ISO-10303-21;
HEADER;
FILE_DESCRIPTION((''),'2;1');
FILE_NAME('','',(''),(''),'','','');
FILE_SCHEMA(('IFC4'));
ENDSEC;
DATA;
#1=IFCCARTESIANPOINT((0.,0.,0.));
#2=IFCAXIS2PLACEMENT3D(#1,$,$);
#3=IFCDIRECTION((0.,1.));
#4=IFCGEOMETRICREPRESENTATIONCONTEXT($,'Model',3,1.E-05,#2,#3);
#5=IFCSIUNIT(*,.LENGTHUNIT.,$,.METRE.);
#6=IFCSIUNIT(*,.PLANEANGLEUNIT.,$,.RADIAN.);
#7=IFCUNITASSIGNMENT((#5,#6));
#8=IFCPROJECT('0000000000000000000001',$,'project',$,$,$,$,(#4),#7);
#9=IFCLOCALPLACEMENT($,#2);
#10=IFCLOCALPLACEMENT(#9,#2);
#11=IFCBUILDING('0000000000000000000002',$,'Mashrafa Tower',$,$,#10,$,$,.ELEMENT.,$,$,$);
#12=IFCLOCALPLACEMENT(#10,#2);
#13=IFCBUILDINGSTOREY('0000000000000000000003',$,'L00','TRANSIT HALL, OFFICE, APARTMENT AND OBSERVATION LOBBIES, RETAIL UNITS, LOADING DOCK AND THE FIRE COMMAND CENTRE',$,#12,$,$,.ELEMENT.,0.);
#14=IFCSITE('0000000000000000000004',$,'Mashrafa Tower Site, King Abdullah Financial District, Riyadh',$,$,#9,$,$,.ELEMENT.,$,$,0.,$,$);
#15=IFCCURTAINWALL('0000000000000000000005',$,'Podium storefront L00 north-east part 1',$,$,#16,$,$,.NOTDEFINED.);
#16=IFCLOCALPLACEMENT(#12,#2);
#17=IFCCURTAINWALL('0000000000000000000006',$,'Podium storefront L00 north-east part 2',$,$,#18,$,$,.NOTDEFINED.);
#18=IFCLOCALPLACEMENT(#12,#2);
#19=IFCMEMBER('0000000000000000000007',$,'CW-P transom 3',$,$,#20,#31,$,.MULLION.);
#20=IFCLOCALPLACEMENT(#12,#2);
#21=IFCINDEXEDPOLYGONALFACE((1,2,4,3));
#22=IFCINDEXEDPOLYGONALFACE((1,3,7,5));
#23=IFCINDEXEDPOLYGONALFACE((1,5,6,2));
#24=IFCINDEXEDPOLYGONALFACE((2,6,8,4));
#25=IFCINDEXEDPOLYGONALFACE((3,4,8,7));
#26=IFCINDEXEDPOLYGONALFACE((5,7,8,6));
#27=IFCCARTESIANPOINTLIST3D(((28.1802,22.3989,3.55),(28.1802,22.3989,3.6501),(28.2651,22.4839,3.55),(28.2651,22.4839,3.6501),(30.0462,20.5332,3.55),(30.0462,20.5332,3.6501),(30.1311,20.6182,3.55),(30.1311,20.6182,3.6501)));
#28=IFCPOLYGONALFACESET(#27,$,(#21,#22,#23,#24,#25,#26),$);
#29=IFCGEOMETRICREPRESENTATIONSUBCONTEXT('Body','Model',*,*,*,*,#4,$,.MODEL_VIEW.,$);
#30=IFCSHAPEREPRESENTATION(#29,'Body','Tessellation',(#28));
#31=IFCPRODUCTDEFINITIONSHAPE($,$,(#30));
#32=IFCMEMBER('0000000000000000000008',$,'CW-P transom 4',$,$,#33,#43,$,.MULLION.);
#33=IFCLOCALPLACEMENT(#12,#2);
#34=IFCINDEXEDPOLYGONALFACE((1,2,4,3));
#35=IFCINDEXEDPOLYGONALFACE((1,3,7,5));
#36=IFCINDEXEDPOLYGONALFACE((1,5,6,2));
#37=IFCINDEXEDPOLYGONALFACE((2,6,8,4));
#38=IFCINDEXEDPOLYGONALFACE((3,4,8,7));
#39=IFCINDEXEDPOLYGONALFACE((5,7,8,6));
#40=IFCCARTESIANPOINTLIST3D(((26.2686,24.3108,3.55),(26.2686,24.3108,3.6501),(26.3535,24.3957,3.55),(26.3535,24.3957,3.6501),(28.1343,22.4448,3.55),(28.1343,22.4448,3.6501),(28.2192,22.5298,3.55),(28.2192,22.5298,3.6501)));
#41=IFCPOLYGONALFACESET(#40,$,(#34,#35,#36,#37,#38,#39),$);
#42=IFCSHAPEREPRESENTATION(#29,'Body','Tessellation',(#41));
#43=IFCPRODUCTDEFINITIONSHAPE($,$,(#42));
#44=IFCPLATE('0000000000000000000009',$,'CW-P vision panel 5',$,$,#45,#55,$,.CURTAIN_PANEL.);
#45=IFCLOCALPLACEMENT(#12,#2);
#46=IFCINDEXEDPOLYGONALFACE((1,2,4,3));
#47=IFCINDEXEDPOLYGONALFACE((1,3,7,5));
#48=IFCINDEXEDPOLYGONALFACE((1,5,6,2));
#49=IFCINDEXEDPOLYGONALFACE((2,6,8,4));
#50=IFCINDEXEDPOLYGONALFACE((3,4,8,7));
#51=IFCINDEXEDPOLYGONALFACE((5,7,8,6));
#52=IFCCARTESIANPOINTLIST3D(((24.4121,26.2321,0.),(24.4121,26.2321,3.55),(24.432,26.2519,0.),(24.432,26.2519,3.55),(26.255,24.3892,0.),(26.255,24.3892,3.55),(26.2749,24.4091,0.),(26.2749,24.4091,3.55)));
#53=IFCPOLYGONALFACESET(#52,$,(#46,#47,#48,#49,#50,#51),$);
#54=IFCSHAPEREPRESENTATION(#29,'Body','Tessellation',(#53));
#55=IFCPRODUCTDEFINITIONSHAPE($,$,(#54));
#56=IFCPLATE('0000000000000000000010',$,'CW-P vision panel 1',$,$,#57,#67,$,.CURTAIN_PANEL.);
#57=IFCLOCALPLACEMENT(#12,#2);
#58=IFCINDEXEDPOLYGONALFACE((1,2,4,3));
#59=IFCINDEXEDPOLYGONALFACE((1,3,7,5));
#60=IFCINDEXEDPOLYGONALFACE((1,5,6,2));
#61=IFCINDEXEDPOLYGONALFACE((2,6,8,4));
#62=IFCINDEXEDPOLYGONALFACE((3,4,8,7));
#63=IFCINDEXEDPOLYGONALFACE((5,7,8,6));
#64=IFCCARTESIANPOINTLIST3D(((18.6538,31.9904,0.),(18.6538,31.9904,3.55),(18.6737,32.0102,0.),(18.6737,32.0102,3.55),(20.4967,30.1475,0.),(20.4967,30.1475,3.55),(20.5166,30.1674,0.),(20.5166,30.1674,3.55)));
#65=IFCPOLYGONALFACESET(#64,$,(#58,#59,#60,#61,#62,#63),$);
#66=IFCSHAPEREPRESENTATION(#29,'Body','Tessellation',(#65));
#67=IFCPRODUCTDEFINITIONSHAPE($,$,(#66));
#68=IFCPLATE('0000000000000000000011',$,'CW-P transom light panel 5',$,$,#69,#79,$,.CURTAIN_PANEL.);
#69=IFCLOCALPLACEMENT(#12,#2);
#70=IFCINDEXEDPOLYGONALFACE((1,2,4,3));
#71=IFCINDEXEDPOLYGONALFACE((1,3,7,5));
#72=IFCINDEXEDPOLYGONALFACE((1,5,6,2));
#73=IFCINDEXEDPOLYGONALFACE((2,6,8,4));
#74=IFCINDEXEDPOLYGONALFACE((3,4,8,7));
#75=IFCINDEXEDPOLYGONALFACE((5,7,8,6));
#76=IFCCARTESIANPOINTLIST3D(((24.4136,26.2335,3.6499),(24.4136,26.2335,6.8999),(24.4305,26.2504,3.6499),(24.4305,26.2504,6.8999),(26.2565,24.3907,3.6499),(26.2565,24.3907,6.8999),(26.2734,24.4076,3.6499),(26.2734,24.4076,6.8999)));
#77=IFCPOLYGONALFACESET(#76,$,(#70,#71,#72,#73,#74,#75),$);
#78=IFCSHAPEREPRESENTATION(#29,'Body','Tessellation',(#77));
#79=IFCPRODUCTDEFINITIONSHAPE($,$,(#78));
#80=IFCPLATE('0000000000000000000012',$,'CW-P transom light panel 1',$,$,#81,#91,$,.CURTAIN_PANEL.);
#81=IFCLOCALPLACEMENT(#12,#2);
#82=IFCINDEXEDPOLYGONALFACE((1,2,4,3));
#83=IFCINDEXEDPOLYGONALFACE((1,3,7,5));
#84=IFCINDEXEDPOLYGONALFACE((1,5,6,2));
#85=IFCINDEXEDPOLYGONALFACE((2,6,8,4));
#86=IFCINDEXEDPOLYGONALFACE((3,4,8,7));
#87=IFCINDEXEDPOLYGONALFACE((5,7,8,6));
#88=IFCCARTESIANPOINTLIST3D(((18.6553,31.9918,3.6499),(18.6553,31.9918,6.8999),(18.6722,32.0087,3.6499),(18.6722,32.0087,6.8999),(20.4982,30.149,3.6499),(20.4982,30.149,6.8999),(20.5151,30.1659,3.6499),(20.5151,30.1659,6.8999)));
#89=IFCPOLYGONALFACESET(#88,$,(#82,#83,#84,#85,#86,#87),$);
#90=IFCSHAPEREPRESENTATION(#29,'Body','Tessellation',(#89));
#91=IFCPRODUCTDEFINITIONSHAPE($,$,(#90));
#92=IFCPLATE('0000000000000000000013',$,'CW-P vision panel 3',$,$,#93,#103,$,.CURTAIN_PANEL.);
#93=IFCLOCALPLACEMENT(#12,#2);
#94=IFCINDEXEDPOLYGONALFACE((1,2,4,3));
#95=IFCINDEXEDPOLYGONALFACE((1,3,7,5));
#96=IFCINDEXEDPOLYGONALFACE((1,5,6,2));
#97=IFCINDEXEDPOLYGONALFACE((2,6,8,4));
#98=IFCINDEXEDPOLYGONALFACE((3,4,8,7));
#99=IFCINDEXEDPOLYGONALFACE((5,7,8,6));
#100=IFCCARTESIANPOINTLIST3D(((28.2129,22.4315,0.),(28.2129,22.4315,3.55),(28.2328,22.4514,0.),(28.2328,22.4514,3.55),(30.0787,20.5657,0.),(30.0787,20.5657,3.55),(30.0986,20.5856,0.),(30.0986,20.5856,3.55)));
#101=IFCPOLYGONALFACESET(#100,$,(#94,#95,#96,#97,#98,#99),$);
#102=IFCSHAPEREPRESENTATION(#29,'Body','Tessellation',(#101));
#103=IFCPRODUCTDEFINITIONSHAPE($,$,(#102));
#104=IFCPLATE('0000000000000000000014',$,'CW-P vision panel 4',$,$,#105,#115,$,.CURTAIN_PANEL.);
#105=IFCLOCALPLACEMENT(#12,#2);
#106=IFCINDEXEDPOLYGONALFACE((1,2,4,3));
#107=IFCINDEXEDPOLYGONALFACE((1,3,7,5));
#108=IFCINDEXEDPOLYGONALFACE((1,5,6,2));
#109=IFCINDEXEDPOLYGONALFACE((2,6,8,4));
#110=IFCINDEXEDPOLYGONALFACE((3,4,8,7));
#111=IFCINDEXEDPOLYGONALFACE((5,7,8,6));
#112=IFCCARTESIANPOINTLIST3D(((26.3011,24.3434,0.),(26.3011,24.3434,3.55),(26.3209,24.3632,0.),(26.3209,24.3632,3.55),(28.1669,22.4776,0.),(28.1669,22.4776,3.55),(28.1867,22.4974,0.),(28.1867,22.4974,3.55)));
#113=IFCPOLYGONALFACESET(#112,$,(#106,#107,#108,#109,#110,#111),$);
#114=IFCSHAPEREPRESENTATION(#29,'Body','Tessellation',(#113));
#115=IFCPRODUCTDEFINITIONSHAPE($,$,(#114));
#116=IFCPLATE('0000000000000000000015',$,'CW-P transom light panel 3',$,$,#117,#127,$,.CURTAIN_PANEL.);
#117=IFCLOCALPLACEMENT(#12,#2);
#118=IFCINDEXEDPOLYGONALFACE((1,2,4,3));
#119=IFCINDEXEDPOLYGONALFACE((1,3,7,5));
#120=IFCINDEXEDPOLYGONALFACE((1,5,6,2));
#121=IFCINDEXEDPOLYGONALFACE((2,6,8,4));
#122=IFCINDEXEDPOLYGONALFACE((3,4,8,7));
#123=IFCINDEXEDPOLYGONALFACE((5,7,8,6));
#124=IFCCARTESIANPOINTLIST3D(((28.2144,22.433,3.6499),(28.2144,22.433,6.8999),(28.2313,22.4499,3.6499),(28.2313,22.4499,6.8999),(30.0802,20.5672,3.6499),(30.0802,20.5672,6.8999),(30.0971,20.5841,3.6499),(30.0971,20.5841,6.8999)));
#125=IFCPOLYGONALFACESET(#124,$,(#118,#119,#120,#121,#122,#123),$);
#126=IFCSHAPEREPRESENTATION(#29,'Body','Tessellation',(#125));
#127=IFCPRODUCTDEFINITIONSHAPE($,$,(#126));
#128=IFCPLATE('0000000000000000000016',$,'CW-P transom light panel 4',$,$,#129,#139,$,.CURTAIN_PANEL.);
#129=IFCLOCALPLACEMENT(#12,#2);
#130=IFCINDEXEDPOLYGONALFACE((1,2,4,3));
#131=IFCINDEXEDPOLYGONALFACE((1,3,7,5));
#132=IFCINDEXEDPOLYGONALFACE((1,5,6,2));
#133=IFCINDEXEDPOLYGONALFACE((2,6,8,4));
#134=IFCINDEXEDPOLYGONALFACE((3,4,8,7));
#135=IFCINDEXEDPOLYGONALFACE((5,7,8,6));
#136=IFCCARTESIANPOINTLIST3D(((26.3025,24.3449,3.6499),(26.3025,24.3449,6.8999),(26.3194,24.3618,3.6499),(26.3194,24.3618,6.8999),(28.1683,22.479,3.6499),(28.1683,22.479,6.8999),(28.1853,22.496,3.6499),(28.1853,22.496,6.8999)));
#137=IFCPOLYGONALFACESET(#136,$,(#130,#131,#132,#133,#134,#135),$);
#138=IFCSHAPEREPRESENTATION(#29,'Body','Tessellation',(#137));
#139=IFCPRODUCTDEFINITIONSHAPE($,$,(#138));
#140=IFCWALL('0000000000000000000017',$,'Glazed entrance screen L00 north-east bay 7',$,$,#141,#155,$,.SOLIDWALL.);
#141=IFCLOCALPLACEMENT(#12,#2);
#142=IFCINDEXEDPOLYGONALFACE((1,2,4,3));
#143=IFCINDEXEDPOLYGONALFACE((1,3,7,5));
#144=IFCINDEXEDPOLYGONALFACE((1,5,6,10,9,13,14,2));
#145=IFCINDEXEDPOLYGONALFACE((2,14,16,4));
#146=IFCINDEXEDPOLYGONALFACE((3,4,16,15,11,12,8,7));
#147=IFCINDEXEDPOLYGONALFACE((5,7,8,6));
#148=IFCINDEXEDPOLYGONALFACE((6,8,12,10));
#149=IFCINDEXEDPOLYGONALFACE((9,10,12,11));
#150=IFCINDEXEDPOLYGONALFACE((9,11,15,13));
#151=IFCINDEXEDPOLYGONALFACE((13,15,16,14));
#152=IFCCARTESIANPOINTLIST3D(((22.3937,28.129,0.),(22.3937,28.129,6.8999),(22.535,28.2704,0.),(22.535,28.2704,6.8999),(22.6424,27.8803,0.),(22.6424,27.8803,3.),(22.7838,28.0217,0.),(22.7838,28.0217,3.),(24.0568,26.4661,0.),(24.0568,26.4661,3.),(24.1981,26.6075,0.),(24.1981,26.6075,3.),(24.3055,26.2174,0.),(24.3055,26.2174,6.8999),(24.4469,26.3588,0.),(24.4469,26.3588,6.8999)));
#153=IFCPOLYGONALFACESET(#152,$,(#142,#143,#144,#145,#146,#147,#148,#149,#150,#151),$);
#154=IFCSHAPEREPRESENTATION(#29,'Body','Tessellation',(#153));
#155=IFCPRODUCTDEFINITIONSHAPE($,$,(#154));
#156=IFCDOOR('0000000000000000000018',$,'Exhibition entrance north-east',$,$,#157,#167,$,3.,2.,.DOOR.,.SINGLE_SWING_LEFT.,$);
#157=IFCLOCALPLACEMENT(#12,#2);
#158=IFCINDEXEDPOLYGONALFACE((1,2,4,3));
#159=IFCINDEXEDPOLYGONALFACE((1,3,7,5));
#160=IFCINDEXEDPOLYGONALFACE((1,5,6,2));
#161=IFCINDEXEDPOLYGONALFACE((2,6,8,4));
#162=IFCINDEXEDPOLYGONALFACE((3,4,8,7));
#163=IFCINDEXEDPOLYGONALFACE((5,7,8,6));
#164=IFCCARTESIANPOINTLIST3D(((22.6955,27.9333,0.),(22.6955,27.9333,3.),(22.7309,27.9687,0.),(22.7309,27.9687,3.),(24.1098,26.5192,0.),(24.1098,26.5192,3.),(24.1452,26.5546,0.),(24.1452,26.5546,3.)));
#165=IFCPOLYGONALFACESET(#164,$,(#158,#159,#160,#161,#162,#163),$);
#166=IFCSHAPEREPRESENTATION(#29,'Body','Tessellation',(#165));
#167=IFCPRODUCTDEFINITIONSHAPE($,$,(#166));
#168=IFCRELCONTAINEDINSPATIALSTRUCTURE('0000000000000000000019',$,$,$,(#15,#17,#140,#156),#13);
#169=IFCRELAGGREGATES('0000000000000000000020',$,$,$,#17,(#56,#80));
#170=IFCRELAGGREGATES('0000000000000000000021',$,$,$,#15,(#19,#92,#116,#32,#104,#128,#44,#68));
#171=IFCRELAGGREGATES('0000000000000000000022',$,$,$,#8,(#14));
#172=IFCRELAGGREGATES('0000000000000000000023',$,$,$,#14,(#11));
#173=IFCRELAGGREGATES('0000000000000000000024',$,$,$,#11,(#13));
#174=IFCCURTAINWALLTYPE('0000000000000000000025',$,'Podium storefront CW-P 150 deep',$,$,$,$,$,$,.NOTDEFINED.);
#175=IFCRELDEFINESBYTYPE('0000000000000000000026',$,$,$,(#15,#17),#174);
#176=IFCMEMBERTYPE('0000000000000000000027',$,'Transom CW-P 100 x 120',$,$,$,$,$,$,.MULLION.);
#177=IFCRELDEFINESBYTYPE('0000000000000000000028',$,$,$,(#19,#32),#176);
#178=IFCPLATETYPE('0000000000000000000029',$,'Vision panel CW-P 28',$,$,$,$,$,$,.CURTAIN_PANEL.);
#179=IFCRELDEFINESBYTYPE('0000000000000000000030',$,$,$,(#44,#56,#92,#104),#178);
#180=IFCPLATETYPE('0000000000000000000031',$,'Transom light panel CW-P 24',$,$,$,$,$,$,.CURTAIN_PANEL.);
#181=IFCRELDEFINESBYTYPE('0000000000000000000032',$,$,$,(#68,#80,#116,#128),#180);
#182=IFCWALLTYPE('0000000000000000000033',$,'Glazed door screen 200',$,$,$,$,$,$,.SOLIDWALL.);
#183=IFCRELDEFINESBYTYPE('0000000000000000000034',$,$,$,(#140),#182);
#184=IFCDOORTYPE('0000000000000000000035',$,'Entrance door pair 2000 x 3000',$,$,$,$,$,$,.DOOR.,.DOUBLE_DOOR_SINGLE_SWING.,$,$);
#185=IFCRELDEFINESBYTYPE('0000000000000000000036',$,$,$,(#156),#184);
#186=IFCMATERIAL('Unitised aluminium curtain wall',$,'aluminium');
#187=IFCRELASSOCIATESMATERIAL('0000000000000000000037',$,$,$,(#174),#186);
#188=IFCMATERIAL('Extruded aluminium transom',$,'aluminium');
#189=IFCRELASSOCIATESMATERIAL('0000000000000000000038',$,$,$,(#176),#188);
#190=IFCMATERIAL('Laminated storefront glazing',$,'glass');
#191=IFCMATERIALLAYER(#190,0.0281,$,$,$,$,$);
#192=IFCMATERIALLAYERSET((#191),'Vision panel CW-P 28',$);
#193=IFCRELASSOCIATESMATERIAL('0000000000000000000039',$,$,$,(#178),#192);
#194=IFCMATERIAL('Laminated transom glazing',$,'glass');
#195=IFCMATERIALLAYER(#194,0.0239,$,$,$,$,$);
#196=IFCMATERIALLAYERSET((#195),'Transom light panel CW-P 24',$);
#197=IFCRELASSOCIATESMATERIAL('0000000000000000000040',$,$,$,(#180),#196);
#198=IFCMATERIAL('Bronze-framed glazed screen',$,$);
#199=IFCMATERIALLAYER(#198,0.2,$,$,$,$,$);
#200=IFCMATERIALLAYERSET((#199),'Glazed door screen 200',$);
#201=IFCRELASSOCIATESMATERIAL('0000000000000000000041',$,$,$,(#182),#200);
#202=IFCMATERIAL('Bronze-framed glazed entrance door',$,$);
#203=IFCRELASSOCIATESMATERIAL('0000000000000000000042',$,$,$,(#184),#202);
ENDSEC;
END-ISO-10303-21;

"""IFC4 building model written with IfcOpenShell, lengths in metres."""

from ifc_helpers import new_model, si_unit, direction, frame, frame_2d, origin, origin_2d, place, context, subcontext, project, spatial, rectangle, extrude, source, transform, mapped, material, layer, layer_set, material_profile, profile_set, type_object, type_shapes, element, fill, aggregate, save


model = new_model("IFC4")

# Units and contexts
model_context = context("Model", 3, precision=1e-05, world=origin(), true_north=direction((0.0, 1.0)))
body_context = subcontext(model_context, "Body", "Model", "MODEL_VIEW")
ifc_project = project(units=[si_unit("LENGTHUNIT", "METRE"), si_unit("PLANEANGLEUNIT", "RADIAN")], contexts=[model_context])

# Site, building, storey
site_placement = place(None, origin())
site = spatial("IfcSite", under=ifc_project, at=site_placement, Name="Mashrafa Tower Site, King Abdullah Financial District, Riyadh", CompositionType="ELEMENT", RefElevation=0.0)
building_placement = place(site_placement, origin())
building = spatial("IfcBuilding", under=site, at=building_placement, Name="Mashrafa Tower", CompositionType="ELEMENT")
storey_placement = place(building_placement, origin())
storey = spatial("IfcBuildingStorey", under=building, at=storey_placement, Name="L00", Description="TRANSIT HALL, OFFICE, APARTMENT AND OBSERVATION LOBBIES, RETAIL UNITS, LOADING DOCK AND THE FIRE COMMAND CENTRE", CompositionType="ELEMENT", Elevation=0.0)

# Curtain wall
ifc_material_1 = material(Name="Unitised aluminium curtain wall", Category="aluminium")
curtain_wall_type = type_object("IfcCurtainWallType", Name="Podium storefront CW-P 150 deep", PredefinedType="NOTDEFINED", material=ifc_material_1)
curtain_wall_1_placement = place(storey_placement, origin())
curtain_wall_1 = element("IfcCurtainWall", 1, at=curtain_wall_1_placement, inside=storey, type_object=curtain_wall_type, Name="Podium storefront L00 north-east part 1", PredefinedType="NOTDEFINED")

# Curtain wall
curtain_wall_2_placement = place(storey_placement, origin())
curtain_wall_2 = element("IfcCurtainWall", 2, at=curtain_wall_2_placement, inside=storey, type_object=curtain_wall_type, Name="Podium storefront L00 north-east part 2", PredefinedType="NOTDEFINED")

# Members
ifc_material_2 = material(Name="Extruded aluminium transom", Category="aluminium")
ifc_material_profile_1 = material_profile(ifc_material_2, rectangle(XDim=0.1201, YDim=0.1001, at=origin_2d()), Name="Transom 100x120")
ifc_profile_set_1 = profile_set([ifc_material_profile_1], Name="Extruded aluminium transom")
member_type_1 = type_object("IfcMemberType", Name="Transom CW-P 100 x 120", PredefinedType="MULLION", material=ifc_profile_set_1)
shared_shape_1 = source(origin(), body_context, "Body", "SweptSolid", [
    extrude(rectangle(XDim=0.1201, YDim=0.1001, at=origin_2d()), origin(), (0.0, 0.0, 1.0), 2.6387),
])
member_1_placement = place(storey_placement, frame((30.0886, 20.5757, 3.6001), z_axis=(-0.707153, 0.707061, 0.0), x_axis=(-0.707061, -0.707153, 0.0)))
member_1 = element("IfcMember", 3, at=member_1_placement, type_object=member_type_1, Name="CW-P transom 3", PredefinedType="MULLION", context=body_context, shape_type="MappedRepresentation", body=[
    mapped(shared_shape_1, transform((0.0, 0.0, 0.0))),
])
member_2_placement = place(storey_placement, frame((28.1768, 22.4873, 3.6001), z_axis=(-0.707061, 0.707153, 0.0), x_axis=(-0.707153, -0.707061, 0.0)))
member_2 = element("IfcMember", 4, at=member_2_placement, type_object=member_type_1, Name="CW-P transom 4", PredefinedType="MULLION", context=body_context, shape_type="MappedRepresentation", body=[
    mapped(shared_shape_1, transform((0.0, 0.0, 0.0))),
])

# Plates
ifc_material_3 = material(Name="Laminated storefront glazing", Category="glass")
ifc_layer_1 = layer(ifc_material_3, 0.0281)
ifc_layer_set_1 = layer_set([ifc_layer_1], Name="Vision panel CW-P 28")
plate_type_1 = type_object("IfcPlateType", Name="Vision panel CW-P 28", PredefinedType="CURTAIN_PANEL", material=ifc_layer_set_1)
shared_shape_2 = source(origin(), body_context, "Body", "SweptSolid", [
    extrude(rectangle(XDim=2.6062, YDim=0.0281, at=origin_2d()), origin(), (0.0, 0.0, 1.0), 3.55),
])
plate_1_placement = place(storey_placement, frame((25.3435, 25.3206, 0.0), z_axis=(0.0, 0.0, 1.0), x_axis=(-0.707107, 0.707107, 0.0)))
plate_1 = element("IfcPlate", 5, at=plate_1_placement, type_object=plate_type_1, Name="CW-P vision panel 5", PredefinedType="CURTAIN_PANEL", context=body_context, shape_type="MappedRepresentation", body=[
    mapped(shared_shape_2, transform((0.0, 0.0, 0.0))),
])
plate_2_placement = place(storey_placement, frame((19.5852, 31.0789, 0.0), z_axis=(0.0, 0.0, 1.0), x_axis=(-0.707107, 0.707107, 0.0)))
plate_2 = element("IfcPlate", 6, at=plate_2_placement, type_object=plate_type_1, Name="CW-P vision panel 1", PredefinedType="CURTAIN_PANEL", context=body_context, shape_type="MappedRepresentation", body=[
    mapped(shared_shape_2, transform((0.0, 0.0, 0.0))),
])
ifc_material_4 = material(Name="Laminated transom glazing", Category="glass")
ifc_layer_2 = layer(ifc_material_4, 0.0239)
ifc_layer_set_2 = layer_set([ifc_layer_2], Name="Transom light panel CW-P 24")
plate_type_2 = type_object("IfcPlateType", Name="Transom light panel CW-P 24", PredefinedType="CURTAIN_PANEL", material=ifc_layer_set_2)
shared_shape_3 = source(origin(), body_context, "Body", "SweptSolid", [
    extrude(rectangle(XDim=2.6062, YDim=0.0239, at=origin_2d()), origin(), (0.0, 0.0, 1.0), 3.25),
])
plate_3_placement = place(storey_placement, frame((25.3435, 25.3206, 3.6499), z_axis=(0.0, 0.0, 1.0), x_axis=(-0.707107, 0.707107, 0.0)))
plate_3 = element("IfcPlate", 7, at=plate_3_placement, type_object=plate_type_2, Name="CW-P transom light panel 5", PredefinedType="CURTAIN_PANEL", context=body_context, shape_type="MappedRepresentation", body=[
    mapped(shared_shape_3, transform((0.0, 0.0, 0.0))),
])
plate_4_placement = place(storey_placement, frame((19.5852, 31.0789, 3.6499), z_axis=(0.0, 0.0, 1.0), x_axis=(-0.707107, 0.707107, 0.0)))
plate_4 = element("IfcPlate", 8, at=plate_4_placement, type_object=plate_type_2, Name="CW-P transom light panel 1", PredefinedType="CURTAIN_PANEL", context=body_context, shape_type="MappedRepresentation", body=[
    mapped(shared_shape_3, transform((0.0, 0.0, 0.0))),
])
aggregate(curtain_wall_2, [plate_2, plate_4])
shared_shape_4 = source(origin(), body_context, "Body", "SweptSolid", [
    extrude(rectangle(XDim=2.6387, YDim=0.0281, at=origin_2d()), origin(), (0.0, 0.0, 1.0), 3.55),
])
type_shapes(plate_type_1, [shared_shape_2, shared_shape_4])
plate_5_placement = place(storey_placement, frame((29.1558, 21.5085, 0.0), z_axis=(0.0, 0.0, 1.0), x_axis=(-0.707107, 0.707107, 0.0)))
plate_5 = element("IfcPlate", 9, at=plate_5_placement, type_object=plate_type_1, Name="CW-P vision panel 3", PredefinedType="CURTAIN_PANEL", context=body_context, shape_type="MappedRepresentation", body=[
    mapped(shared_shape_4, transform((0.0, 0.0, 0.0))),
])
plate_6_placement = place(storey_placement, frame((27.2439, 23.4204, 0.0), z_axis=(0.0, 0.0, 1.0), x_axis=(-0.707107, 0.707107, 0.0)))
plate_6 = element("IfcPlate", 10, at=plate_6_placement, type_object=plate_type_1, Name="CW-P vision panel 4", PredefinedType="CURTAIN_PANEL", context=body_context, shape_type="MappedRepresentation", body=[
    mapped(shared_shape_4, transform((0.0, 0.0, 0.0))),
])
shared_shape_5 = source(origin(), body_context, "Body", "SweptSolid", [
    extrude(rectangle(XDim=2.6387, YDim=0.0239, at=origin_2d()), origin(), (0.0, 0.0, 1.0), 3.25),
])
type_shapes(plate_type_2, [shared_shape_3, shared_shape_5])
plate_7_placement = place(storey_placement, frame((29.1558, 21.5085, 3.6499), z_axis=(0.0, 0.0, 1.0), x_axis=(-0.707107, 0.707107, 0.0)))
plate_7 = element("IfcPlate", 11, at=plate_7_placement, type_object=plate_type_2, Name="CW-P transom light panel 3", PredefinedType="CURTAIN_PANEL", context=body_context, shape_type="MappedRepresentation", body=[
    mapped(shared_shape_5, transform((0.0, 0.0, 0.0))),
])
plate_8_placement = place(storey_placement, frame((27.2439, 23.4204, 3.6499), z_axis=(0.0, 0.0, 1.0), x_axis=(-0.707107, 0.707107, 0.0)))
plate_8 = element("IfcPlate", 12, at=plate_8_placement, type_object=plate_type_2, Name="CW-P transom light panel 4", PredefinedType="CURTAIN_PANEL", context=body_context, shape_type="MappedRepresentation", body=[
    mapped(shared_shape_5, transform((0.0, 0.0, 0.0))),
])
aggregate(curtain_wall_1, [member_1, plate_5, plate_7, member_2, plate_6, plate_8, plate_1, plate_3])

# Wall, opening, door
ifc_material_5 = material(Name="Bronze-framed glazed screen")
ifc_layer_3 = layer(ifc_material_5, 0.2)
ifc_layer_set_3 = layer_set([ifc_layer_3], Name="Glazed door screen 200")
wall_type = type_object("IfcWallType", Name="Glazed door screen 200", PredefinedType="SOLIDWALL", material=ifc_layer_set_3)
wall_1_placement = place(storey_placement, frame((24.3762, 26.2881, 0.0), z_axis=(0.0, 0.0, 1.0), x_axis=(-0.707152, 0.707062, 0.0)))
wall_1 = element("IfcWall", 13, at=wall_1_placement, inside=storey, type_object=wall_type, Name="Glazed entrance screen L00 north-east bay 7", PredefinedType="SOLIDWALL", context=body_context, shape_type="SweptSolid", body=[
    extrude(rectangle(XDim=2.7036, YDim=0.2, at=frame_2d((1.3518, 0.0))), origin(), (0.0, 0.0, 1.0), 6.8999),
])
opening_1_placement = place(wall_1_placement, frame((0.3518, 0.0, 0.0)))
opening_1 = element("IfcOpeningElement", 14, at=opening_1_placement, cuts=wall_1, PredefinedType="OPENING", context=body_context, shape_type="SweptSolid", body=[
    extrude(rectangle(XDim=2.0, YDim=3.0, at=frame_2d((1.0, 1.5))), frame((0.0, 0.1099, 0.0), z_axis=(0.0, -1.0, 0.0), x_axis=(1.0, 0.0, 0.0)), (0.0, 0.0, 1.0), 0.22),
])
ifc_material_6 = material(Name="Bronze-framed glazed entrance door")
door_type = type_object("IfcDoorType", Name="Entrance door pair 2000 x 3000", OperationType="DOUBLE_DOOR_SINGLE_SWING", PredefinedType="DOOR", material=ifc_material_6)
door_1_placement = place(opening_1_placement, origin())
door_1 = element("IfcDoor", 15, at=door_1_placement, inside=storey, type_object=door_type, Name="Exhibition entrance north-east", OperationType="SINGLE_SWING_LEFT", OverallHeight=3.0, OverallWidth=2.0, PredefinedType="DOOR", context=body_context, shape_type="SweptSolid", body=[
    extrude(rectangle(XDim=2.0, YDim=3.0, at=frame_2d((1.0, 1.5))), frame((0.0, 0.0249, 0.0), z_axis=(0.0, -1.0, 0.0), x_axis=(1.0, 0.0, 0.0)), (0.0, 0.0, 1.0), 0.05),
])
fill(opening_1, door_1)

save(model, "model.ifc")
